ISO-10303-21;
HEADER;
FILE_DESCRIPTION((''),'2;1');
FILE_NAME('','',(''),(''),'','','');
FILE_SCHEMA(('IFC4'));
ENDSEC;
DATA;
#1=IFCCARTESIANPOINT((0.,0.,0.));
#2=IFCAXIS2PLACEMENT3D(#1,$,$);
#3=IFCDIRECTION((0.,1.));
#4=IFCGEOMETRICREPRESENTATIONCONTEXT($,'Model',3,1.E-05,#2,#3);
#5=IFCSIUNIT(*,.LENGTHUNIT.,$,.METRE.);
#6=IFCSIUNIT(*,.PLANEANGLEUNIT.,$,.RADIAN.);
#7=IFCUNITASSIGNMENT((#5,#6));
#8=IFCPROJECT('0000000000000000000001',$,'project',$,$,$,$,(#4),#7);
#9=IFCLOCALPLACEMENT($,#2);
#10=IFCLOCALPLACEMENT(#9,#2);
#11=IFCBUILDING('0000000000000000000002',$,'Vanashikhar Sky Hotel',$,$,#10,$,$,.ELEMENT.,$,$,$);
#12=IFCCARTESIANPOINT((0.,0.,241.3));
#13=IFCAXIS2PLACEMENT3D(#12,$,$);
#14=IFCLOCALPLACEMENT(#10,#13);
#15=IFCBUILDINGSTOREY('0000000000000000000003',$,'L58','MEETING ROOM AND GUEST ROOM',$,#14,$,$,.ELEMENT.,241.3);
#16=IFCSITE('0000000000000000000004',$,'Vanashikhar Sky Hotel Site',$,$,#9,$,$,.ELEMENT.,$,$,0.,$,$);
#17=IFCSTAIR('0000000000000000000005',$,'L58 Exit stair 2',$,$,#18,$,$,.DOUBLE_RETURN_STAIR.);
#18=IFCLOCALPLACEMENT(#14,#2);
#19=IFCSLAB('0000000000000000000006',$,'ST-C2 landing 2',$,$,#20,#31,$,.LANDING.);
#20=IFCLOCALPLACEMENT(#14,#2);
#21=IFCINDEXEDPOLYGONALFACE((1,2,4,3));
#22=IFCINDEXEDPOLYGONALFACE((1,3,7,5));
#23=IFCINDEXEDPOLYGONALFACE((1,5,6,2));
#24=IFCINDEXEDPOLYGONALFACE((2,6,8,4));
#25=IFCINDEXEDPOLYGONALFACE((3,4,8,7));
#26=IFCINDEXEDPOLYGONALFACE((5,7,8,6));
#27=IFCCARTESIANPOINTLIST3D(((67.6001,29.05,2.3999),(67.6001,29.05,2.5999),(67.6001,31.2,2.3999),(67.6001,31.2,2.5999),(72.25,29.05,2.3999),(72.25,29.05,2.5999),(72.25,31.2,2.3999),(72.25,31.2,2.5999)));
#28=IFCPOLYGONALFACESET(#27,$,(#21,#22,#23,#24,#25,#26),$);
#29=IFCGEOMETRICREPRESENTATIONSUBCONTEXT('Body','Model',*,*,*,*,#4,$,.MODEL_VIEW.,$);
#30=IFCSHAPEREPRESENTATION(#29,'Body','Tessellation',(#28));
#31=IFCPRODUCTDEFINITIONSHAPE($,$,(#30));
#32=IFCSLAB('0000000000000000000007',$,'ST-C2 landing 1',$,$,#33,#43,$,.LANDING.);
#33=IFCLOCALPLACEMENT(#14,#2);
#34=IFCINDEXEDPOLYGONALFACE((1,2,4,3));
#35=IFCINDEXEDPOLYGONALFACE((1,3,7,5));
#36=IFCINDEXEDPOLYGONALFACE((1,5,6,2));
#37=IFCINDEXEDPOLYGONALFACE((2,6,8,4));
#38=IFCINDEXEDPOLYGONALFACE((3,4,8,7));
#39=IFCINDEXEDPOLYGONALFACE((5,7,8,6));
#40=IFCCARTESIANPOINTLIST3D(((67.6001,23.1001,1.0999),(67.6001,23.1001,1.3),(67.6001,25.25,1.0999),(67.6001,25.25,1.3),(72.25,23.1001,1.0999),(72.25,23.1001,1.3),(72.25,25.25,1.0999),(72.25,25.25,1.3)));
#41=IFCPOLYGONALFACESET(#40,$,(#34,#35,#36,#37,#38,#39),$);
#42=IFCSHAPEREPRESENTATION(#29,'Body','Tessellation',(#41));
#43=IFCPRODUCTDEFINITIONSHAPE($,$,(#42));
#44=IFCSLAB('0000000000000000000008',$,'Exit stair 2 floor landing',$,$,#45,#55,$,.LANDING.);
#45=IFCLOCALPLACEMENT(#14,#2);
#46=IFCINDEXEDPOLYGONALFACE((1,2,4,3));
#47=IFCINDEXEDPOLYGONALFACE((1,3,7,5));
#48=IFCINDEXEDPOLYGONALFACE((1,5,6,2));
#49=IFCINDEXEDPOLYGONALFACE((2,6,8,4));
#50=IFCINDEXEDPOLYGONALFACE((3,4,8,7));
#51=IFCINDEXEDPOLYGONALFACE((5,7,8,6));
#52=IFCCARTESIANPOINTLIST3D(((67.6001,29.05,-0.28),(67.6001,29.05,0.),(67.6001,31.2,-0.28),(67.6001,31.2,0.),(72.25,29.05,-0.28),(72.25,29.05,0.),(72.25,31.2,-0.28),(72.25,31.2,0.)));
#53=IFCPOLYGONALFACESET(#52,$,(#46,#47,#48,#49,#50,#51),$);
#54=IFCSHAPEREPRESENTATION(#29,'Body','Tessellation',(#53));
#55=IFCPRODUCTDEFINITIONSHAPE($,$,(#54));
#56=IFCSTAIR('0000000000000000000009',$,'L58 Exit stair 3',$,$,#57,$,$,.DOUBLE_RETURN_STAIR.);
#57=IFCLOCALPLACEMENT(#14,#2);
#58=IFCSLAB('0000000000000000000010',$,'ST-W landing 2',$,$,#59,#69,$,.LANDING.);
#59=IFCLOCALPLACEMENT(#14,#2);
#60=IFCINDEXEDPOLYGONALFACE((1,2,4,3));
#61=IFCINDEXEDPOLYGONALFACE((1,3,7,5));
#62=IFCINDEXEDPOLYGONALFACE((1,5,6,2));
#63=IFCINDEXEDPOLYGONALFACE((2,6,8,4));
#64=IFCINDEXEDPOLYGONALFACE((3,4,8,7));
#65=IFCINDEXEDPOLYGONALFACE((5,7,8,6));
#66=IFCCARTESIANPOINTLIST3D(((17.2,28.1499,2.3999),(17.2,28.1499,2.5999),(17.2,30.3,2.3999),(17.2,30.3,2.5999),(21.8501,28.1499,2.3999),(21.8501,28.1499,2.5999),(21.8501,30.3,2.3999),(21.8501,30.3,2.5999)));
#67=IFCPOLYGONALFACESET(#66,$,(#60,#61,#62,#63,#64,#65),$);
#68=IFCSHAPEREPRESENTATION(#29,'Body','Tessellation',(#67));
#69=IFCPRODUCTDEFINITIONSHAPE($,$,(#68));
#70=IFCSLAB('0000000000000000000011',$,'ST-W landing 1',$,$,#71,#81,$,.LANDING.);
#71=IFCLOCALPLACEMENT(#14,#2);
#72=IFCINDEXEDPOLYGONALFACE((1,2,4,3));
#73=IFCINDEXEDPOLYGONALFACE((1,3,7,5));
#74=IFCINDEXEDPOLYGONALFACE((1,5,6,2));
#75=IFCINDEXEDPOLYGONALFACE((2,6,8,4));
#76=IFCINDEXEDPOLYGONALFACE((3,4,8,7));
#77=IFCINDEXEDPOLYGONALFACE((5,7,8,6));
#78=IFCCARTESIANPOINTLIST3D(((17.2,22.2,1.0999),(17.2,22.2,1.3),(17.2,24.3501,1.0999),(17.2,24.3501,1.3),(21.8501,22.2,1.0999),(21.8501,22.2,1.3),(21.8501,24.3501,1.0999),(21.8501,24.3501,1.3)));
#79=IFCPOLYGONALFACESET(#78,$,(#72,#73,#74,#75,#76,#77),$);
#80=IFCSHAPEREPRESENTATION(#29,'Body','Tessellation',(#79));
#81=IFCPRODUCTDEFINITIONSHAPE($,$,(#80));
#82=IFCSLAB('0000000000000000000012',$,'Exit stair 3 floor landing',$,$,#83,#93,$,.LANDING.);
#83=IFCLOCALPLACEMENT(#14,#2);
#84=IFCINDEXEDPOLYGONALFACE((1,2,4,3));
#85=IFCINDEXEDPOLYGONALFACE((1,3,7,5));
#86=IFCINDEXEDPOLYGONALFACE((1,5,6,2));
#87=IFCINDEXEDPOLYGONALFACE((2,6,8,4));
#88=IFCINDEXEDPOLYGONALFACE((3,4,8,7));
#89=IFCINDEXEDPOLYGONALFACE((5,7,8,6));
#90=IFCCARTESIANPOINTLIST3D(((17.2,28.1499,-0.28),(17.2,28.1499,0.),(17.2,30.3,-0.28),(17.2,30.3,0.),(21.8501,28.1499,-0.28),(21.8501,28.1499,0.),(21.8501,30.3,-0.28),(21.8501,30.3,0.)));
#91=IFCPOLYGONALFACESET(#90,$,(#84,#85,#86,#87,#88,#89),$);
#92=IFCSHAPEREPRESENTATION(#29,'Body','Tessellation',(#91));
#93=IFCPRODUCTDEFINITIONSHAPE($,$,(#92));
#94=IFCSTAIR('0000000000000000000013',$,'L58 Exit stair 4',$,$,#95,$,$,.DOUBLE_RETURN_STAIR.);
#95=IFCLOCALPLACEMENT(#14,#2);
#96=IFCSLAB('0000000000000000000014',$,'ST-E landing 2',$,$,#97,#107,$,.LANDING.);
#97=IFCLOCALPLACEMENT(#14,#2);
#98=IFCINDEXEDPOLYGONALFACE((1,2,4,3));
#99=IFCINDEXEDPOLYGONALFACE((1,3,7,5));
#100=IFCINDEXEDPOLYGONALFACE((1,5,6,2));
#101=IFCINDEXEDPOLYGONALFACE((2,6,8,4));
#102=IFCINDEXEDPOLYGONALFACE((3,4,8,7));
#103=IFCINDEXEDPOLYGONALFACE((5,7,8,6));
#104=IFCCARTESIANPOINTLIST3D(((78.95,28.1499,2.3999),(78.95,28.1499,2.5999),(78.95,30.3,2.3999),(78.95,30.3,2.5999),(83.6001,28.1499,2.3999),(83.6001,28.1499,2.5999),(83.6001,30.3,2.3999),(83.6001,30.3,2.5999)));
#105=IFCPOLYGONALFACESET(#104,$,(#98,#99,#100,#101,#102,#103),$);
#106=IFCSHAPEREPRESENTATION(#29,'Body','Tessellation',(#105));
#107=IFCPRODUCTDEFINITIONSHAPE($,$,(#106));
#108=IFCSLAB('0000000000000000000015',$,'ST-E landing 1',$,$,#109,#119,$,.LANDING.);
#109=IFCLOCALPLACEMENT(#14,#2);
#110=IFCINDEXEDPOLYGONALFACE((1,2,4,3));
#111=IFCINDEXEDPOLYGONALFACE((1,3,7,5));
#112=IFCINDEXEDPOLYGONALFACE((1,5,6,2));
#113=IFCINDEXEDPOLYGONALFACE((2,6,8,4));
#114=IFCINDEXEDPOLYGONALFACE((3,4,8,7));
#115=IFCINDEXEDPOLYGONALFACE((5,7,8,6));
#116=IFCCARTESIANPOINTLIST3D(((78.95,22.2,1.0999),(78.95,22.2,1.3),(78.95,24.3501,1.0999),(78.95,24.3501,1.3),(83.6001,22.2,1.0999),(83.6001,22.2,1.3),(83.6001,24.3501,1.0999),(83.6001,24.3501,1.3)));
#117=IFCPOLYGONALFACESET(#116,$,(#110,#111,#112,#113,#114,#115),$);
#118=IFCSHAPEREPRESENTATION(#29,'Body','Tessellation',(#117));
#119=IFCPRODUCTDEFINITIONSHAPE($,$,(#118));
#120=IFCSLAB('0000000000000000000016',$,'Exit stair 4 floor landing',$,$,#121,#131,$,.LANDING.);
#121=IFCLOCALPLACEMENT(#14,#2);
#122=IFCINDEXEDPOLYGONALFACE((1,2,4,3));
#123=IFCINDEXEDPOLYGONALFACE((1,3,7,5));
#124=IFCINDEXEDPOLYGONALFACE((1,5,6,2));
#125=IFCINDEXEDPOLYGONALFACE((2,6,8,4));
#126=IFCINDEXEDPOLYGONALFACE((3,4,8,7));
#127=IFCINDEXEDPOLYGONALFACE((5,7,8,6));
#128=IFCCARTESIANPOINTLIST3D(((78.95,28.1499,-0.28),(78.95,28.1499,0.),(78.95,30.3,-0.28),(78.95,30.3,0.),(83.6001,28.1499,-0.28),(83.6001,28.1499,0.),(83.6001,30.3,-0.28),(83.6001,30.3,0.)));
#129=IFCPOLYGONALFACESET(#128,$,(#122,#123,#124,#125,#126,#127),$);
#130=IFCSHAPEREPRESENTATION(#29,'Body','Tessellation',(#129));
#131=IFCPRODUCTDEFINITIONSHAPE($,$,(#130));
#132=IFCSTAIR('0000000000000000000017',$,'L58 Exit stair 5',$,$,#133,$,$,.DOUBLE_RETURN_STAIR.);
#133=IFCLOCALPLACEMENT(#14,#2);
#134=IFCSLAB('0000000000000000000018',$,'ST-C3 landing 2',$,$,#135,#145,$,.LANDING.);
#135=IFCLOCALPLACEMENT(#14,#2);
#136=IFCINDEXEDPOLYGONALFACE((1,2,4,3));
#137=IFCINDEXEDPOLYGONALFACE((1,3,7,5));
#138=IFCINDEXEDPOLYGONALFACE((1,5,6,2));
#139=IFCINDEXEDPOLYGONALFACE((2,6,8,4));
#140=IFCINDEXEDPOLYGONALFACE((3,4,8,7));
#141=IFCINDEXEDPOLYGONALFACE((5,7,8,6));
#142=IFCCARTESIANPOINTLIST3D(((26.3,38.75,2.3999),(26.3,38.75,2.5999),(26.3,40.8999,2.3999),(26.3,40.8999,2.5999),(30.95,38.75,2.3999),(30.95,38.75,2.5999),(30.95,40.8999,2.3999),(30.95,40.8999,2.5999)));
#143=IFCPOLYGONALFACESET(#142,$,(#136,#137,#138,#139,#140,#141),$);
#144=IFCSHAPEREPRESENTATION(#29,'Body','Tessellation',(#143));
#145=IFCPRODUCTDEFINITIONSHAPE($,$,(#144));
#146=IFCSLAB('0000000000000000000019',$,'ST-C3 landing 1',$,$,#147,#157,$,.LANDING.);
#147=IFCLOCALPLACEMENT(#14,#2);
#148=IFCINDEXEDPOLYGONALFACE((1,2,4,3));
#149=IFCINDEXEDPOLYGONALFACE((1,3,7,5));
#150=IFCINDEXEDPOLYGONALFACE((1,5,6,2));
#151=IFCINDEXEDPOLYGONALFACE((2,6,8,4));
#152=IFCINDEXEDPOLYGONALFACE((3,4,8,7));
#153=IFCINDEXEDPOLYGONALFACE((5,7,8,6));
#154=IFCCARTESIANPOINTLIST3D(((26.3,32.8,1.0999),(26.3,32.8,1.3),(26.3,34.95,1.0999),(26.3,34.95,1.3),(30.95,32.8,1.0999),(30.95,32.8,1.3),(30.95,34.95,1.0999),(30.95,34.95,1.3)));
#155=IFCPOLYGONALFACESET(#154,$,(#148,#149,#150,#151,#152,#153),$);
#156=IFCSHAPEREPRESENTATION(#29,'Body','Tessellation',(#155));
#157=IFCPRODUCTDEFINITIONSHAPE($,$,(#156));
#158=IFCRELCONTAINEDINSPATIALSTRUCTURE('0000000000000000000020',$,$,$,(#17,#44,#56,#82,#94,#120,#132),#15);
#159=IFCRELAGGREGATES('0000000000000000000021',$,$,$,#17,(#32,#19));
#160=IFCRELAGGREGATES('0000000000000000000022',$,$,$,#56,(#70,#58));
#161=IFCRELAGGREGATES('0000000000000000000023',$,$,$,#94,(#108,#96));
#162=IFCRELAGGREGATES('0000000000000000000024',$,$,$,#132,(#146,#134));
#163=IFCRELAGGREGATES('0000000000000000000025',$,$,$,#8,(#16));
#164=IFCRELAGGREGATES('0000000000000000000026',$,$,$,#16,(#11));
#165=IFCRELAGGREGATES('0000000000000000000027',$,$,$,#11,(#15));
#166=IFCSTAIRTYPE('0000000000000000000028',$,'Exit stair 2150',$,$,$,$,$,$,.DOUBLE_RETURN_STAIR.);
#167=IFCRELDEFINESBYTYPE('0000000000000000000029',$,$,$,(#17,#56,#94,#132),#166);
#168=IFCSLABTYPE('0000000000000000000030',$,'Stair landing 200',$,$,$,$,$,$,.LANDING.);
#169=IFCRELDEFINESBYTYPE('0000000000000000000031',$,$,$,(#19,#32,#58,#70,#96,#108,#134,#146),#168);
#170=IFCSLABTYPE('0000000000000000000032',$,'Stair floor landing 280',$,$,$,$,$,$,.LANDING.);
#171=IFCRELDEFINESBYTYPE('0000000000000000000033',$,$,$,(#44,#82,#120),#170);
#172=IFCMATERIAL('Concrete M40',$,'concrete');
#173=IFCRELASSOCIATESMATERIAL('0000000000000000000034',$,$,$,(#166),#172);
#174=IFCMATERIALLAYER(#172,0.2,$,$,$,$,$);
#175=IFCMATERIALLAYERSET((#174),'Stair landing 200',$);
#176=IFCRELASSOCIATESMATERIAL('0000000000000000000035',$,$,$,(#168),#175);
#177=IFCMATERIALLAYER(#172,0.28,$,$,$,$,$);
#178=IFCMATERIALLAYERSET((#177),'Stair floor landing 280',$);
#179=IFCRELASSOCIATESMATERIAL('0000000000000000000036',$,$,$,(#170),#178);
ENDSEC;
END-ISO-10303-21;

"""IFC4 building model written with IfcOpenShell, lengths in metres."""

from ifc_helpers import new_model, si_unit, direction, frame, origin, place, context, subcontext, project, spatial, polyline, outline, extrude, source, transform, mapped, material, layer, layer_set, type_object, element, aggregate, save


model = new_model("IFC4")

# Units and contexts
model_context = context("Model", 3, precision=1e-05, world=origin(), true_north=direction((0.0, 1.0)))
body_context = subcontext(model_context, "Body", "Model", "MODEL_VIEW")
ifc_project = project(units=[si_unit("LENGTHUNIT", "METRE"), si_unit("PLANEANGLEUNIT", "RADIAN")], contexts=[model_context])

# Site, building, storey
site_placement = place(None, origin())
site = spatial("IfcSite", under=ifc_project, at=site_placement, Name="Vanashikhar Sky Hotel Site", CompositionType="ELEMENT", RefElevation=0.0)
building_placement = place(site_placement, origin())
building = spatial("IfcBuilding", under=site, at=building_placement, Name="Vanashikhar Sky Hotel", CompositionType="ELEMENT")
storey_placement = place(building_placement, frame((0.0, 0.0, 241.3)))
storey = spatial("IfcBuildingStorey", under=building, at=storey_placement, Name="L58", Description="MEETING ROOM AND GUEST ROOM", CompositionType="ELEMENT", Elevation=241.3)

# Shared definitions
ifc_material = material(Name="Concrete M40", Category="concrete")

# Shared definitions
stair_type = type_object("IfcStairType", Name="Exit stair 2150", PredefinedType="DOUBLE_RETURN_STAIR", material=ifc_material)
ifc_layer_1 = layer(ifc_material, 0.2)
ifc_layer_set_1 = layer_set([ifc_layer_1], Name="Stair landing 200")
slab_type_1 = type_object("IfcSlabType", Name="Stair landing 200", PredefinedType="LANDING", material=ifc_layer_set_1)

# Shared definitions
ifc_layer_2 = layer(ifc_material, 0.28)
ifc_layer_set_2 = layer_set([ifc_layer_2], Name="Stair floor landing 280")
slab_type_2 = type_object("IfcSlabType", Name="Stair floor landing 280", PredefinedType="LANDING", material=ifc_layer_set_2)

# Stair, slabs
stair_1_placement = place(storey_placement, origin())
stair_1 = element("IfcStair", 1, at=stair_1_placement, inside=storey, type_object=stair_type, Name="L58 Exit stair 2", PredefinedType="DOUBLE_RETURN_STAIR")
shared_shape_1 = source(origin(), body_context, "Body", "SweptSolid", [
    extrude(outline(polyline([(72.25, 29.05), (72.25, 31.2), (67.6001, 31.2), (67.6001, 29.05), (72.25, 29.05)])), origin(), (0.0, 0.0, 1.0), 0.2),
])
slab_1_placement = place(storey_placement, frame((0.0, 0.0, 2.3999)))
slab_1 = element("IfcSlab", 2, at=slab_1_placement, type_object=slab_type_1, Name="ST-C2 landing 2", PredefinedType="LANDING", context=body_context, shape_type="MappedRepresentation", body=[
    mapped(shared_shape_1, transform((0.0, 0.0, 0.0), scale=1.0)),
])
shared_shape_2 = source(origin(), body_context, "Body", "SweptSolid", [
    extrude(outline(polyline([(72.25, 23.1001), (72.25, 25.25), (67.6001, 25.25), (67.6001, 23.1001), (72.25, 23.1001)])), origin(), (0.0, 0.0, 1.0), 0.2002),
])
slab_2_placement = place(storey_placement, frame((0.0, 0.0, 1.0999)))
slab_2 = element("IfcSlab", 3, at=slab_2_placement, type_object=slab_type_1, Name="ST-C2 landing 1", PredefinedType="LANDING", context=body_context, shape_type="MappedRepresentation", body=[
    mapped(shared_shape_2, transform((0.0, 0.0, 0.0), scale=1.0)),
])
aggregate(stair_1, [slab_2, slab_1])

# Slab
shared_shape_3 = source(origin(), body_context, "Body", "SweptSolid", [
    extrude(outline(polyline([(72.25, 29.05), (72.25, 31.2), (67.6001, 31.2), (67.6001, 29.05), (72.25, 29.05)])), origin(), (0.0, 0.0, 1.0), 0.28),
])
slab_3_placement = place(storey_placement, frame((0.0, 0.0, -0.28)))
element("IfcSlab", 4, at=slab_3_placement, inside=storey, type_object=slab_type_2, Name="Exit stair 2 floor landing", PredefinedType="LANDING", context=body_context, shape_type="MappedRepresentation", body=[
    mapped(shared_shape_3, transform((0.0, 0.0, 0.0), scale=1.0)),
])

# Stair, slabs
stair_2_placement = place(storey_placement, origin())
stair_2 = element("IfcStair", 5, at=stair_2_placement, inside=storey, type_object=stair_type, Name="L58 Exit stair 3", PredefinedType="DOUBLE_RETURN_STAIR")
shared_shape_4 = source(origin(), body_context, "Body", "SweptSolid", [
    extrude(outline(polyline([(21.8501, 28.1499), (21.8501, 30.3), (17.2, 30.3), (17.2, 28.1499), (21.8501, 28.1499)])), origin(), (0.0, 0.0, 1.0), 0.2),
])
slab_4_placement = place(storey_placement, frame((0.0, 0.0, 2.3999)))
slab_4 = element("IfcSlab", 6, at=slab_4_placement, type_object=slab_type_1, Name="ST-W landing 2", PredefinedType="LANDING", context=body_context, shape_type="MappedRepresentation", body=[
    mapped(shared_shape_4, transform((0.0, 0.0, 0.0), scale=1.0)),
])
shared_shape_5 = source(origin(), body_context, "Body", "SweptSolid", [
    extrude(outline(polyline([(21.8501, 22.2), (21.8501, 24.3501), (17.2, 24.3501), (17.2, 22.2), (21.8501, 22.2)])), origin(), (0.0, 0.0, 1.0), 0.2002),
])
slab_5_placement = place(storey_placement, frame((0.0, 0.0, 1.0999)))
slab_5 = element("IfcSlab", 7, at=slab_5_placement, type_object=slab_type_1, Name="ST-W landing 1", PredefinedType="LANDING", context=body_context, shape_type="MappedRepresentation", body=[
    mapped(shared_shape_5, transform((0.0, 0.0, 0.0), scale=1.0)),
])
aggregate(stair_2, [slab_5, slab_4])

# Slab
shared_shape_6 = source(origin(), body_context, "Body", "SweptSolid", [
    extrude(outline(polyline([(21.8501, 28.1499), (21.8501, 30.3), (17.2, 30.3), (17.2, 28.1499), (21.8501, 28.1499)])), origin(), (0.0, 0.0, 1.0), 0.28),
])
slab_6_placement = place(storey_placement, frame((0.0, 0.0, -0.28)))
element("IfcSlab", 8, at=slab_6_placement, inside=storey, type_object=slab_type_2, Name="Exit stair 3 floor landing", PredefinedType="LANDING", context=body_context, shape_type="MappedRepresentation", body=[
    mapped(shared_shape_6, transform((0.0, 0.0, 0.0), scale=1.0)),
])

# Stair, slabs
stair_3_placement = place(storey_placement, origin())
stair_3 = element("IfcStair", 9, at=stair_3_placement, inside=storey, type_object=stair_type, Name="L58 Exit stair 4", PredefinedType="DOUBLE_RETURN_STAIR")
shared_shape_7 = source(origin(), body_context, "Body", "SweptSolid", [
    extrude(outline(polyline([(83.6001, 28.1499), (83.6001, 30.3), (78.95, 30.3), (78.95, 28.1499), (83.6001, 28.1499)])), origin(), (0.0, 0.0, 1.0), 0.2),
])
slab_7_placement = place(storey_placement, frame((0.0, 0.0, 2.3999)))
slab_7 = element("IfcSlab", 10, at=slab_7_placement, type_object=slab_type_1, Name="ST-E landing 2", PredefinedType="LANDING", context=body_context, shape_type="MappedRepresentation", body=[
    mapped(shared_shape_7, transform((0.0, 0.0, 0.0), scale=1.0)),
])
shared_shape_8 = source(origin(), body_context, "Body", "SweptSolid", [
    extrude(outline(polyline([(83.6001, 22.2), (83.6001, 24.3501), (78.95, 24.3501), (78.95, 22.2), (83.6001, 22.2)])), origin(), (0.0, 0.0, 1.0), 0.2002),
])
slab_8_placement = place(storey_placement, frame((0.0, 0.0, 1.0999)))
slab_8 = element("IfcSlab", 11, at=slab_8_placement, type_object=slab_type_1, Name="ST-E landing 1", PredefinedType="LANDING", context=body_context, shape_type="MappedRepresentation", body=[
    mapped(shared_shape_8, transform((0.0, 0.0, 0.0), scale=1.0)),
])
aggregate(stair_3, [slab_8, slab_7])

# Slab
shared_shape_9 = source(origin(), body_context, "Body", "SweptSolid", [
    extrude(outline(polyline([(83.6001, 28.1499), (83.6001, 30.3), (78.95, 30.3), (78.95, 28.1499), (83.6001, 28.1499)])), origin(), (0.0, 0.0, 1.0), 0.28),
])
slab_9_placement = place(storey_placement, frame((0.0, 0.0, -0.28)))
element("IfcSlab", 12, at=slab_9_placement, inside=storey, type_object=slab_type_2, Name="Exit stair 4 floor landing", PredefinedType="LANDING", context=body_context, shape_type="MappedRepresentation", body=[
    mapped(shared_shape_9, transform((0.0, 0.0, 0.0), scale=1.0)),
])

# Stair, slabs
stair_4_placement = place(storey_placement, origin())
stair_4 = element("IfcStair", 13, at=stair_4_placement, inside=storey, type_object=stair_type, Name="L58 Exit stair 5", PredefinedType="DOUBLE_RETURN_STAIR")
shared_shape_10 = source(origin(), body_context, "Body", "SweptSolid", [
    extrude(outline(polyline([(30.95, 38.75), (30.95, 40.8999), (26.3, 40.8999), (26.3, 38.75), (30.95, 38.75)])), origin(), (0.0, 0.0, 1.0), 0.2),
])
slab_10_placement = place(storey_placement, frame((0.0, 0.0, 2.3999)))
slab_10 = element("IfcSlab", 14, at=slab_10_placement, type_object=slab_type_1, Name="ST-C3 landing 2", PredefinedType="LANDING", context=body_context, shape_type="MappedRepresentation", body=[
    mapped(shared_shape_10, transform((0.0, 0.0, 0.0), scale=1.0)),
])
shared_shape_11 = source(origin(), body_context, "Body", "SweptSolid", [
    extrude(outline(polyline([(30.95, 32.8), (30.95, 34.95), (26.3, 34.95), (26.3, 32.8), (30.95, 32.8)])), origin(), (0.0, 0.0, 1.0), 0.2002),
])
slab_11_placement = place(storey_placement, frame((0.0, 0.0, 1.0999)))
slab_11 = element("IfcSlab", 15, at=slab_11_placement, type_object=slab_type_1, Name="ST-C3 landing 1", PredefinedType="LANDING", context=body_context, shape_type="MappedRepresentation", body=[
    mapped(shared_shape_11, transform((0.0, 0.0, 0.0), scale=1.0)),
])
aggregate(stair_4, [slab_11, slab_10])

save(model, "model.ifc")
